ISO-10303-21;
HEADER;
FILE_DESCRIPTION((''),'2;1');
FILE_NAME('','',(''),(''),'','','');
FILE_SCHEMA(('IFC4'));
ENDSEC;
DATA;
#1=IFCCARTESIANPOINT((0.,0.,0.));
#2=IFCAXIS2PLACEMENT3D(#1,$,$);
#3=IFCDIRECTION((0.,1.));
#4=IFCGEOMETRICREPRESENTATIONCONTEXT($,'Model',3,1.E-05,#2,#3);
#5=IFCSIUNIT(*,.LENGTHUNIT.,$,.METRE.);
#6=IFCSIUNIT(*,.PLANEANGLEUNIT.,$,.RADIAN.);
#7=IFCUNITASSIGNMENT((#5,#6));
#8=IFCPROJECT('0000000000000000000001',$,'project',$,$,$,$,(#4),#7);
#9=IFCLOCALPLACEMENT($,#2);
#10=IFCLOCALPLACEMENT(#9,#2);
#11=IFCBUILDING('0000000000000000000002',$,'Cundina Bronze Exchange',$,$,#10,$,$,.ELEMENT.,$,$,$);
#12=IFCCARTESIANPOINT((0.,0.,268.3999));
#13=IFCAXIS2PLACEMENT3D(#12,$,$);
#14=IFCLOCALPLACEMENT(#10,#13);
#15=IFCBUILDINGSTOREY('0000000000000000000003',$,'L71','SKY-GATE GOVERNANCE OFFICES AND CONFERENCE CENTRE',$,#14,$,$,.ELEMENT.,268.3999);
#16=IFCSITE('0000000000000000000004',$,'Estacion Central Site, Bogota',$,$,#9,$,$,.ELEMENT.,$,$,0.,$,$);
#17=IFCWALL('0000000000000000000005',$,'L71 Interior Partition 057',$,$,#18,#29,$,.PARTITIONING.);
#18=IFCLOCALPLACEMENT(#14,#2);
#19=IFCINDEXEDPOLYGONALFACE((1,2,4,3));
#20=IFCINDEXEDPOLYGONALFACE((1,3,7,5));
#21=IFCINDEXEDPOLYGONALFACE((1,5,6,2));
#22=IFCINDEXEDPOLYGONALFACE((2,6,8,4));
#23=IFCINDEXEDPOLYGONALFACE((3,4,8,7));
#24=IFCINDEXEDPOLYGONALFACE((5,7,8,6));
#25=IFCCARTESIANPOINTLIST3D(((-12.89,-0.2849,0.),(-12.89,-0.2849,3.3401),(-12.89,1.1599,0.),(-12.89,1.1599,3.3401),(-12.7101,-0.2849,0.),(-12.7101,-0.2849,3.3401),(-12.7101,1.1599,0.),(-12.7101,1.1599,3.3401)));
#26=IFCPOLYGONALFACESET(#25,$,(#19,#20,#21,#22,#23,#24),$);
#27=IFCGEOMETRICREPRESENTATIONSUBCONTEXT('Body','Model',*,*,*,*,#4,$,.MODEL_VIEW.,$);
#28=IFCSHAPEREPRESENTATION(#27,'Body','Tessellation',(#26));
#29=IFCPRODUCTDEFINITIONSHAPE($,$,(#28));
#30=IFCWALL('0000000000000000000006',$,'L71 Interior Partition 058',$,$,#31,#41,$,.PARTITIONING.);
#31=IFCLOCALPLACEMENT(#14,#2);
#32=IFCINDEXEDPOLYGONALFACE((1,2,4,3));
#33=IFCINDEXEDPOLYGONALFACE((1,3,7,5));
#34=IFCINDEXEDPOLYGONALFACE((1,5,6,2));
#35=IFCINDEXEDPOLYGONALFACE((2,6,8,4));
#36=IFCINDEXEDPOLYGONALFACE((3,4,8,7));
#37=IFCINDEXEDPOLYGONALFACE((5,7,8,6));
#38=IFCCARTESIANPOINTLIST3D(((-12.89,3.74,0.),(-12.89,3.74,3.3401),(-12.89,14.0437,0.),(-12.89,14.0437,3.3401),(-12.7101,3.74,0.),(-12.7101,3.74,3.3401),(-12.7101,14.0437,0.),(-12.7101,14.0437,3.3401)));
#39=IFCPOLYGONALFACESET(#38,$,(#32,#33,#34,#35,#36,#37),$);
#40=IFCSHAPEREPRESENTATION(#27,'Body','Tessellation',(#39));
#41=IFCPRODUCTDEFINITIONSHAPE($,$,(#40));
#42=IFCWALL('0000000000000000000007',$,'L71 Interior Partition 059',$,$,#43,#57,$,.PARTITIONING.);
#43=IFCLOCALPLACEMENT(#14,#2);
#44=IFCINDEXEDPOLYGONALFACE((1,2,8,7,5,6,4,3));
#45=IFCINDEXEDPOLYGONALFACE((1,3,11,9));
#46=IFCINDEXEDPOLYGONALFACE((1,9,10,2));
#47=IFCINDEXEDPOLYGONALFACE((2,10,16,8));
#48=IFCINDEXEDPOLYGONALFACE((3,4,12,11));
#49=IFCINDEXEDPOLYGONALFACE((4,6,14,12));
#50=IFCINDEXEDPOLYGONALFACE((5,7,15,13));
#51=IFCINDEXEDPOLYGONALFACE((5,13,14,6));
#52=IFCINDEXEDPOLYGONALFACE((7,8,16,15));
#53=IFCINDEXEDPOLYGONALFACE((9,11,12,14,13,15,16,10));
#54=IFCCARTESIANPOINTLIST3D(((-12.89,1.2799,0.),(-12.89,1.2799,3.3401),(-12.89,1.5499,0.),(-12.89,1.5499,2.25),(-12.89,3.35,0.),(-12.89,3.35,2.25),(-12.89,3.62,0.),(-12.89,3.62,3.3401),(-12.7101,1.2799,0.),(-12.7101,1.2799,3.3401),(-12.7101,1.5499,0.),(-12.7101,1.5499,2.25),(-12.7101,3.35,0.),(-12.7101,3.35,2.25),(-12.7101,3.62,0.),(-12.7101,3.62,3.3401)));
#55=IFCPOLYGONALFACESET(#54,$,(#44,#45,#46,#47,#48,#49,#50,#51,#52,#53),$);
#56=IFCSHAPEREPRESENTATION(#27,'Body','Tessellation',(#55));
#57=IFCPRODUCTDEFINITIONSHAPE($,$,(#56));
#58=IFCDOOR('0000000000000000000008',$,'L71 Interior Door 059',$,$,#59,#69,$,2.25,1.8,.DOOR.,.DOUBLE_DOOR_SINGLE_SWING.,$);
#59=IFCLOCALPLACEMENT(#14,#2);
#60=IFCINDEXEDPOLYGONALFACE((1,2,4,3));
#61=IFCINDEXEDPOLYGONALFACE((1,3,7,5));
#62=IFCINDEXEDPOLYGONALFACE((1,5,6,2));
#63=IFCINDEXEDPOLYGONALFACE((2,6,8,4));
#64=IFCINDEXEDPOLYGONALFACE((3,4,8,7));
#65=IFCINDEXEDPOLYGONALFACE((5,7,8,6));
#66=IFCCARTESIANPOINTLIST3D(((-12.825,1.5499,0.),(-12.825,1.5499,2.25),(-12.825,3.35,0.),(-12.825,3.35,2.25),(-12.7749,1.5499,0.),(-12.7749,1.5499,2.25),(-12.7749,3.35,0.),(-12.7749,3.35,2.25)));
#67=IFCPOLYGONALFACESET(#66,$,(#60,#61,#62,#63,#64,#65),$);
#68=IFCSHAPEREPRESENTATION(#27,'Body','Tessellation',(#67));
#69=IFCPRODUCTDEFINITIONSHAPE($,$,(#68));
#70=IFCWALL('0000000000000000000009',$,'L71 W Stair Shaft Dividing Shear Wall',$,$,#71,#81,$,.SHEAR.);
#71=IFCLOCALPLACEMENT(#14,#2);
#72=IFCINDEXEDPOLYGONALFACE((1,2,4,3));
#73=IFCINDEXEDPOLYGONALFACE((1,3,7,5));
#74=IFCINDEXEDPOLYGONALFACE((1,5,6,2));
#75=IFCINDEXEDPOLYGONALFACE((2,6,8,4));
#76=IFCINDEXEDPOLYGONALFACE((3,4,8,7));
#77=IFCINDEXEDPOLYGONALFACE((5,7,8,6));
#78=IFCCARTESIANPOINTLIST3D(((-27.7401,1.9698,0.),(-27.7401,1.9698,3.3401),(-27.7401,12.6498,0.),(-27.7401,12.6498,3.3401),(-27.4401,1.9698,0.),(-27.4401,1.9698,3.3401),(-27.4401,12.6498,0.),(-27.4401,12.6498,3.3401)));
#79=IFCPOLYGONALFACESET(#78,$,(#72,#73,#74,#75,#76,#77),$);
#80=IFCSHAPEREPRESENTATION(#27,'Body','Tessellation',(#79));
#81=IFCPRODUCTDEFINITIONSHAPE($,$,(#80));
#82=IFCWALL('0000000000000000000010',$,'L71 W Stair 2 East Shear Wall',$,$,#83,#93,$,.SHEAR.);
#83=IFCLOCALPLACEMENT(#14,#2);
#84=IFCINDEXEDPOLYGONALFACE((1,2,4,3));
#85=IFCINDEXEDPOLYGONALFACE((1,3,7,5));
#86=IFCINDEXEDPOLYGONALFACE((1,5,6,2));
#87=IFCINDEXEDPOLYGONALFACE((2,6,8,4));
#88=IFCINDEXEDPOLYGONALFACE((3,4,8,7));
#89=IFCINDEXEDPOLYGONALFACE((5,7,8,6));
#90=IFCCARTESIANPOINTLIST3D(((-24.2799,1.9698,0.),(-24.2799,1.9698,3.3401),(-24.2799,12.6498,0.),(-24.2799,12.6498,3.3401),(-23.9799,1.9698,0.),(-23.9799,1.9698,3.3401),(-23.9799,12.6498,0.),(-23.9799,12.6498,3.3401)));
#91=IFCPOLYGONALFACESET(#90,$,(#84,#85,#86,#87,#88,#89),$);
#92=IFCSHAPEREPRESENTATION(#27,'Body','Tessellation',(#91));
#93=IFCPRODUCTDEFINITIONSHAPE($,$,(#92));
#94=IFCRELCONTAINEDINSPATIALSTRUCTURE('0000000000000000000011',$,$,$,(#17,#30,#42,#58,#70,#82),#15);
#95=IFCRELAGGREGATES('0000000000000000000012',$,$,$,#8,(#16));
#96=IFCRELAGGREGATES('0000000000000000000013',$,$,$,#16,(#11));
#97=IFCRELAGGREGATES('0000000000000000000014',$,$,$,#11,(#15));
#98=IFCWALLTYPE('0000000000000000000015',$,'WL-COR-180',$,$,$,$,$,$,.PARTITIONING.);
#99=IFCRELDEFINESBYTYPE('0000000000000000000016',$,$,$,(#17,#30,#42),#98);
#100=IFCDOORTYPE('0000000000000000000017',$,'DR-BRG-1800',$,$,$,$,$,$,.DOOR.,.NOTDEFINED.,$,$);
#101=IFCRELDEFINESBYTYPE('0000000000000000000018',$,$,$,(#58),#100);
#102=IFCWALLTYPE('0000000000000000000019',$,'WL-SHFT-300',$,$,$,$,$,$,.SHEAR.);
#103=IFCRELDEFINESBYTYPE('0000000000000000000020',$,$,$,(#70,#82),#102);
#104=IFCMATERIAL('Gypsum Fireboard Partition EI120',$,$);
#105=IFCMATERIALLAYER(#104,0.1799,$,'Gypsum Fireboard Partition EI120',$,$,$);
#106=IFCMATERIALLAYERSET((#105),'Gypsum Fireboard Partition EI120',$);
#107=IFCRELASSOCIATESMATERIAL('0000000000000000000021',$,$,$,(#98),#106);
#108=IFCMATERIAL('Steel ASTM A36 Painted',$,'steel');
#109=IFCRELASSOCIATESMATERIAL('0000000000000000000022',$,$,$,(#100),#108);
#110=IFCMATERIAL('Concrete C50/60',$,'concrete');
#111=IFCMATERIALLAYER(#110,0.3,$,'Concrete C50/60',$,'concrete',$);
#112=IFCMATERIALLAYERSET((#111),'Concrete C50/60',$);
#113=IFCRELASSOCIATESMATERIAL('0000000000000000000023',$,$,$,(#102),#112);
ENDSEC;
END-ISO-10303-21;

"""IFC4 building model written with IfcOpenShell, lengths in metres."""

from ifc_helpers import new_model, si_unit, direction, frame, frame_2d, origin, place, context, subcontext, project, spatial, rectangle, extrude, material, layer, layer_set, type_object, element, fill, save


model = new_model("IFC4")

# Units and contexts
model_context = context("Model", 3, precision=1e-05, world=origin(), true_north=direction((0.0, 1.0)))
body_context = subcontext(model_context, "Body", "Model", "MODEL_VIEW")
ifc_project = project(units=[si_unit("LENGTHUNIT", "METRE"), si_unit("PLANEANGLEUNIT", "RADIAN")], contexts=[model_context])

# Site, building, storey
site_placement = place(None, origin())
site = spatial("IfcSite", under=ifc_project, at=site_placement, Name="Estacion Central Site, Bogota", CompositionType="ELEMENT", RefElevation=0.0)
building_placement = place(site_placement, origin())
building = spatial("IfcBuilding", under=site, at=building_placement, Name="Cundina Bronze Exchange", CompositionType="ELEMENT")
storey_placement = place(building_placement, frame((0.0, 0.0, 268.3999)))
storey = spatial("IfcBuildingStorey", under=building, at=storey_placement, Name="L71", Description="SKY-GATE GOVERNANCE OFFICES AND CONFERENCE CENTRE", CompositionType="ELEMENT", Elevation=268.3999)

# Shared definitions
ifc_material_1 = material(Name="Concrete C50/60", Category="concrete")

# Shared definitions
ifc_material_2 = material(Name="Gypsum Fireboard Partition EI120")
ifc_layer_1 = layer(ifc_material_2, 0.1799, Name="Gypsum Fireboard Partition EI120")
ifc_layer_set_1 = layer_set([ifc_layer_1], Name="Gypsum Fireboard Partition EI120")
wall_type_1 = type_object("IfcWallType", Name="WL-COR-180", PredefinedType="PARTITIONING", material=ifc_layer_set_1)

# Shared definitions
ifc_material_3 = material(Name="Steel ASTM A36 Painted", Category="steel")

# Walls
wall_1_placement = place(storey_placement, frame((-12.8, -0.2849, 0.0), z_axis=(0.0, 0.0, 1.0), x_axis=(0.0, 1.0, 0.0)))
element("IfcWall", 1, at=wall_1_placement, inside=storey, type_object=wall_type_1, Name="L71 Interior Partition 057", PredefinedType="PARTITIONING", context=body_context, shape_type="SweptSolid", body=[
    extrude(rectangle(XDim=1.4448, YDim=0.1799, at=frame_2d((0.7224, 0.0))), origin(), (0.0, 0.0, 1.0), 3.3401),
])
wall_2_placement = place(storey_placement, frame((-12.8, 3.74, 0.0), z_axis=(0.0, 0.0, 1.0), x_axis=(0.0, 1.0, 0.0)))
element("IfcWall", 2, at=wall_2_placement, inside=storey, type_object=wall_type_1, Name="L71 Interior Partition 058", PredefinedType="PARTITIONING", context=body_context, shape_type="SweptSolid", body=[
    extrude(rectangle(XDim=10.3037, YDim=0.1799, at=frame_2d((5.1519, 0.0))), origin(), (0.0, 0.0, 1.0), 3.3401),
])

# Wall, opening, door
wall_3_placement = place(storey_placement, frame((-12.8, 1.28, 0.0), z_axis=(0.0, 0.0, 1.0), x_axis=(0.0, 1.0, 0.0)))
wall_3 = element("IfcWall", 3, at=wall_3_placement, inside=storey, type_object=wall_type_1, Name="L71 Interior Partition 059", PredefinedType="PARTITIONING", context=body_context, shape_type="SweptSolid", body=[
    extrude(rectangle(XDim=2.3401, YDim=0.1799, at=frame_2d((1.1699, 0.0))), origin(), (0.0, 0.0, 1.0), 3.3401),
])
opening_1_placement = place(wall_3_placement, frame((0.27, 0.0, 0.0)))
opening_1 = element("IfcOpeningElement", 4, at=opening_1_placement, cuts=wall_3, PredefinedType="OPENING", context=body_context, shape_type="SweptSolid", body=[
    extrude(rectangle(XDim=1.8, YDim=2.25, at=frame_2d((0.8999, 1.125))), frame((0.0, 0.0999, 0.0), z_axis=(0.0, -1.0, 0.0), x_axis=(1.0, 0.0, 0.0)), (0.0, 0.0, 1.0), 0.2),
])
door_type_1 = type_object("IfcDoorType", Name="DR-BRG-1800", OperationType="NOTDEFINED", PredefinedType="DOOR", material=ifc_material_3)
door_1_placement = place(opening_1_placement, origin())
door_1 = element("IfcDoor", 5, at=door_1_placement, inside=storey, type_object=door_type_1, Name="L71 Interior Door 059", OperationType="DOUBLE_DOOR_SINGLE_SWING", OverallHeight=2.25, OverallWidth=1.8, PredefinedType="DOOR", context=body_context, shape_type="SweptSolid", body=[
    extrude(rectangle(XDim=1.8, YDim=2.25, at=frame_2d((0.8999, 1.125))), frame((0.0, 0.0249, 0.0), z_axis=(0.0, -1.0, 0.0), x_axis=(1.0, 0.0, 0.0)), (0.0, 0.0, 1.0), 0.05),
])
fill(opening_1, door_1)

# Walls
ifc_layer_2 = layer(ifc_material_1, 0.3, Name="Concrete C50/60", Category="concrete")
ifc_layer_set_2 = layer_set([ifc_layer_2], Name="Concrete C50/60")
wall_type_2 = type_object("IfcWallType", Name="WL-SHFT-300", PredefinedType="SHEAR", material=ifc_layer_set_2)
for number, where, z_axis, x_axis, name in (
    (6, (-27.5901, 1.97, 0.0), (0.0, 0.0, 1.0), (0.0, 1.0, 0.0), "L71 W Stair Shaft Dividing Shear Wall"),
    (7, (-24.1299, 1.97, 0.0), (0.0, 0.0, 1.0), (0.0, 1.0, 0.0), "L71 W Stair 2 East Shear Wall"),
):
    element("IfcWall", number, at=place(storey_placement, frame(where, z_axis=z_axis, x_axis=x_axis)), inside=storey, type_object=wall_type_2, Name=name, PredefinedType="SHEAR", context=body_context, shape_type="SweptSolid", body=[
        extrude(rectangle(XDim=10.6799, YDim=0.3, at=frame_2d((5.3398, 0.0))), origin(), (0.0, 0.0, 1.0), 3.3401),
    ])

save(model, "model.ifc")
